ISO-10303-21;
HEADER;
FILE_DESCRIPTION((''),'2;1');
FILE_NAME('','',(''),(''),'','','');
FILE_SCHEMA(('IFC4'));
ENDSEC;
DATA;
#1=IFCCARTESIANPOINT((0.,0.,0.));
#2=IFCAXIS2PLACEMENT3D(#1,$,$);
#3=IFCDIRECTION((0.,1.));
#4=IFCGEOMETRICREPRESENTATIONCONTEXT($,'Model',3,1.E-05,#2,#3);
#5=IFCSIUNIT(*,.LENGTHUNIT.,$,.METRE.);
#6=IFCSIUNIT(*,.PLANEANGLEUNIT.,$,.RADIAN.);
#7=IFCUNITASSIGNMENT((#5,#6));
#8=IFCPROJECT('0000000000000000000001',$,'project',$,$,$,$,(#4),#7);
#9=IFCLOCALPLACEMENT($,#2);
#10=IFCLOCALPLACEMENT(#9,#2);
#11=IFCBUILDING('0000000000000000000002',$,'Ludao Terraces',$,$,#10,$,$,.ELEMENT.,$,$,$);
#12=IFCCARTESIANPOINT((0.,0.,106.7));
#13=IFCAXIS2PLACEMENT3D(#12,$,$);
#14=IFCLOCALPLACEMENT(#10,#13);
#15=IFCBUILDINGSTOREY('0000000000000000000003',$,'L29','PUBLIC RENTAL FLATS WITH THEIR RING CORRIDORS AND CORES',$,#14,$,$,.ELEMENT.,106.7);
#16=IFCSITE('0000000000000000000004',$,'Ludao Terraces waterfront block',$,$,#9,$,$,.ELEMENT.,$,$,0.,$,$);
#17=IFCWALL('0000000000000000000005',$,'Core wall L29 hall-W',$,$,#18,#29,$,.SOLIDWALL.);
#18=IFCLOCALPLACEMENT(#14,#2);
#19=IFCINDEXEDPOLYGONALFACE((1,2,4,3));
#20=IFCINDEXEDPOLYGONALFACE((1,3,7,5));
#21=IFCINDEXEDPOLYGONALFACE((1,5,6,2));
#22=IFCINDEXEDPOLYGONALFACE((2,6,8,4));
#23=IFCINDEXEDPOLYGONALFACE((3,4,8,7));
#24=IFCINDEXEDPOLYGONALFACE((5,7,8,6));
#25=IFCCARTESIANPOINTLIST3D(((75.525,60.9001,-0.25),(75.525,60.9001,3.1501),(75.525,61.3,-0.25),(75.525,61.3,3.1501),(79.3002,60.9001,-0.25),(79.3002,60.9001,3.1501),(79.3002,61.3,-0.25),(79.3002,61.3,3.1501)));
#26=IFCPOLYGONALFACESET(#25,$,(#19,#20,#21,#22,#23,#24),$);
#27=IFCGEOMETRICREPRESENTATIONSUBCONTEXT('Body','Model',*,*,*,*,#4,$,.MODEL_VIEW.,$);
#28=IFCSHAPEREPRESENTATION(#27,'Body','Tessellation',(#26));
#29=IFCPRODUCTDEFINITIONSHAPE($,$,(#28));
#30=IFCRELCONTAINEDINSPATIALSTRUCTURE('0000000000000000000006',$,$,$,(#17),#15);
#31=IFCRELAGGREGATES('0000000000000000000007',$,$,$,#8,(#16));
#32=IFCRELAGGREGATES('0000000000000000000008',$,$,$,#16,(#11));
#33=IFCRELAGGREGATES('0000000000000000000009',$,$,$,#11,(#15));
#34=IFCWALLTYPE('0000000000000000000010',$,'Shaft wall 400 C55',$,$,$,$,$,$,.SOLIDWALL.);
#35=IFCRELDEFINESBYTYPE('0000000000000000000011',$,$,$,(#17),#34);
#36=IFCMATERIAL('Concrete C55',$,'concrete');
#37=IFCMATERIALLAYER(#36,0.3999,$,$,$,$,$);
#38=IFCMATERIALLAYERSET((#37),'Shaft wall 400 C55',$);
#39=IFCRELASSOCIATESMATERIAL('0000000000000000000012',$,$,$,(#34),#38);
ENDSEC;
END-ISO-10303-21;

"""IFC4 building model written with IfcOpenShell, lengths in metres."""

from ifc_helpers import new_model, si_unit, direction, frame, frame_2d, origin, place, context, subcontext, project, spatial, rectangle, extrude, material, layer, layer_set, type_object, element, save


model = new_model("IFC4")

# Units and contexts
model_context = context("Model", 3, precision=1e-05, world=origin(), true_north=direction((0.0, 1.0)))
body_context = subcontext(model_context, "Body", "Model", "MODEL_VIEW")
ifc_project = project(units=[si_unit("LENGTHUNIT", "METRE"), si_unit("PLANEANGLEUNIT", "RADIAN")], contexts=[model_context])

# Site, building, storey
site_placement = place(None, origin())
site = spatial("IfcSite", under=ifc_project, at=site_placement, Name="Ludao Terraces waterfront block", CompositionType="ELEMENT", RefElevation=0.0)
building_placement = place(site_placement, origin())
building = spatial("IfcBuilding", under=site, at=building_placement, Name="Ludao Terraces", CompositionType="ELEMENT")
storey_placement = place(building_placement, frame((0.0, 0.0, 106.7)))
storey = spatial("IfcBuildingStorey", under=building, at=storey_placement, Name="L29", Description="PUBLIC RENTAL FLATS WITH THEIR RING CORRIDORS AND CORES", CompositionType="ELEMENT", Elevation=106.7)

# Shared definitions
ifc_material_1 = material(Name="Concrete C55", Category="concrete")

# Wall
ifc_layer_1 = layer(ifc_material_1, 0.3999)
ifc_layer_set_1 = layer_set([ifc_layer_1], Name="Shaft wall 400 C55")
wall_type_1 = type_object("IfcWallType", Name="Shaft wall 400 C55", PredefinedType="SOLIDWALL", material=ifc_layer_set_1)
wall_1_placement = place(storey_placement, frame((75.5249, 61.1001, -0.25), z_axis=(0.0, 0.0, 1.0), x_axis=(1.0, 0.0, 0.0)))
element("IfcWall", 1, at=wall_1_placement, inside=storey, type_object=wall_type_1, Name="Core wall L29 hall-W", PredefinedType="SOLIDWALL", context=body_context, shape_type="SweptSolid", body=[
    extrude(rectangle(XDim=3.7751, YDim=0.3999, at=frame_2d((1.8877, 0.0))), origin(), (0.0, 0.0, 1.0), 3.4001),
])

save(model, "model.ifc")
